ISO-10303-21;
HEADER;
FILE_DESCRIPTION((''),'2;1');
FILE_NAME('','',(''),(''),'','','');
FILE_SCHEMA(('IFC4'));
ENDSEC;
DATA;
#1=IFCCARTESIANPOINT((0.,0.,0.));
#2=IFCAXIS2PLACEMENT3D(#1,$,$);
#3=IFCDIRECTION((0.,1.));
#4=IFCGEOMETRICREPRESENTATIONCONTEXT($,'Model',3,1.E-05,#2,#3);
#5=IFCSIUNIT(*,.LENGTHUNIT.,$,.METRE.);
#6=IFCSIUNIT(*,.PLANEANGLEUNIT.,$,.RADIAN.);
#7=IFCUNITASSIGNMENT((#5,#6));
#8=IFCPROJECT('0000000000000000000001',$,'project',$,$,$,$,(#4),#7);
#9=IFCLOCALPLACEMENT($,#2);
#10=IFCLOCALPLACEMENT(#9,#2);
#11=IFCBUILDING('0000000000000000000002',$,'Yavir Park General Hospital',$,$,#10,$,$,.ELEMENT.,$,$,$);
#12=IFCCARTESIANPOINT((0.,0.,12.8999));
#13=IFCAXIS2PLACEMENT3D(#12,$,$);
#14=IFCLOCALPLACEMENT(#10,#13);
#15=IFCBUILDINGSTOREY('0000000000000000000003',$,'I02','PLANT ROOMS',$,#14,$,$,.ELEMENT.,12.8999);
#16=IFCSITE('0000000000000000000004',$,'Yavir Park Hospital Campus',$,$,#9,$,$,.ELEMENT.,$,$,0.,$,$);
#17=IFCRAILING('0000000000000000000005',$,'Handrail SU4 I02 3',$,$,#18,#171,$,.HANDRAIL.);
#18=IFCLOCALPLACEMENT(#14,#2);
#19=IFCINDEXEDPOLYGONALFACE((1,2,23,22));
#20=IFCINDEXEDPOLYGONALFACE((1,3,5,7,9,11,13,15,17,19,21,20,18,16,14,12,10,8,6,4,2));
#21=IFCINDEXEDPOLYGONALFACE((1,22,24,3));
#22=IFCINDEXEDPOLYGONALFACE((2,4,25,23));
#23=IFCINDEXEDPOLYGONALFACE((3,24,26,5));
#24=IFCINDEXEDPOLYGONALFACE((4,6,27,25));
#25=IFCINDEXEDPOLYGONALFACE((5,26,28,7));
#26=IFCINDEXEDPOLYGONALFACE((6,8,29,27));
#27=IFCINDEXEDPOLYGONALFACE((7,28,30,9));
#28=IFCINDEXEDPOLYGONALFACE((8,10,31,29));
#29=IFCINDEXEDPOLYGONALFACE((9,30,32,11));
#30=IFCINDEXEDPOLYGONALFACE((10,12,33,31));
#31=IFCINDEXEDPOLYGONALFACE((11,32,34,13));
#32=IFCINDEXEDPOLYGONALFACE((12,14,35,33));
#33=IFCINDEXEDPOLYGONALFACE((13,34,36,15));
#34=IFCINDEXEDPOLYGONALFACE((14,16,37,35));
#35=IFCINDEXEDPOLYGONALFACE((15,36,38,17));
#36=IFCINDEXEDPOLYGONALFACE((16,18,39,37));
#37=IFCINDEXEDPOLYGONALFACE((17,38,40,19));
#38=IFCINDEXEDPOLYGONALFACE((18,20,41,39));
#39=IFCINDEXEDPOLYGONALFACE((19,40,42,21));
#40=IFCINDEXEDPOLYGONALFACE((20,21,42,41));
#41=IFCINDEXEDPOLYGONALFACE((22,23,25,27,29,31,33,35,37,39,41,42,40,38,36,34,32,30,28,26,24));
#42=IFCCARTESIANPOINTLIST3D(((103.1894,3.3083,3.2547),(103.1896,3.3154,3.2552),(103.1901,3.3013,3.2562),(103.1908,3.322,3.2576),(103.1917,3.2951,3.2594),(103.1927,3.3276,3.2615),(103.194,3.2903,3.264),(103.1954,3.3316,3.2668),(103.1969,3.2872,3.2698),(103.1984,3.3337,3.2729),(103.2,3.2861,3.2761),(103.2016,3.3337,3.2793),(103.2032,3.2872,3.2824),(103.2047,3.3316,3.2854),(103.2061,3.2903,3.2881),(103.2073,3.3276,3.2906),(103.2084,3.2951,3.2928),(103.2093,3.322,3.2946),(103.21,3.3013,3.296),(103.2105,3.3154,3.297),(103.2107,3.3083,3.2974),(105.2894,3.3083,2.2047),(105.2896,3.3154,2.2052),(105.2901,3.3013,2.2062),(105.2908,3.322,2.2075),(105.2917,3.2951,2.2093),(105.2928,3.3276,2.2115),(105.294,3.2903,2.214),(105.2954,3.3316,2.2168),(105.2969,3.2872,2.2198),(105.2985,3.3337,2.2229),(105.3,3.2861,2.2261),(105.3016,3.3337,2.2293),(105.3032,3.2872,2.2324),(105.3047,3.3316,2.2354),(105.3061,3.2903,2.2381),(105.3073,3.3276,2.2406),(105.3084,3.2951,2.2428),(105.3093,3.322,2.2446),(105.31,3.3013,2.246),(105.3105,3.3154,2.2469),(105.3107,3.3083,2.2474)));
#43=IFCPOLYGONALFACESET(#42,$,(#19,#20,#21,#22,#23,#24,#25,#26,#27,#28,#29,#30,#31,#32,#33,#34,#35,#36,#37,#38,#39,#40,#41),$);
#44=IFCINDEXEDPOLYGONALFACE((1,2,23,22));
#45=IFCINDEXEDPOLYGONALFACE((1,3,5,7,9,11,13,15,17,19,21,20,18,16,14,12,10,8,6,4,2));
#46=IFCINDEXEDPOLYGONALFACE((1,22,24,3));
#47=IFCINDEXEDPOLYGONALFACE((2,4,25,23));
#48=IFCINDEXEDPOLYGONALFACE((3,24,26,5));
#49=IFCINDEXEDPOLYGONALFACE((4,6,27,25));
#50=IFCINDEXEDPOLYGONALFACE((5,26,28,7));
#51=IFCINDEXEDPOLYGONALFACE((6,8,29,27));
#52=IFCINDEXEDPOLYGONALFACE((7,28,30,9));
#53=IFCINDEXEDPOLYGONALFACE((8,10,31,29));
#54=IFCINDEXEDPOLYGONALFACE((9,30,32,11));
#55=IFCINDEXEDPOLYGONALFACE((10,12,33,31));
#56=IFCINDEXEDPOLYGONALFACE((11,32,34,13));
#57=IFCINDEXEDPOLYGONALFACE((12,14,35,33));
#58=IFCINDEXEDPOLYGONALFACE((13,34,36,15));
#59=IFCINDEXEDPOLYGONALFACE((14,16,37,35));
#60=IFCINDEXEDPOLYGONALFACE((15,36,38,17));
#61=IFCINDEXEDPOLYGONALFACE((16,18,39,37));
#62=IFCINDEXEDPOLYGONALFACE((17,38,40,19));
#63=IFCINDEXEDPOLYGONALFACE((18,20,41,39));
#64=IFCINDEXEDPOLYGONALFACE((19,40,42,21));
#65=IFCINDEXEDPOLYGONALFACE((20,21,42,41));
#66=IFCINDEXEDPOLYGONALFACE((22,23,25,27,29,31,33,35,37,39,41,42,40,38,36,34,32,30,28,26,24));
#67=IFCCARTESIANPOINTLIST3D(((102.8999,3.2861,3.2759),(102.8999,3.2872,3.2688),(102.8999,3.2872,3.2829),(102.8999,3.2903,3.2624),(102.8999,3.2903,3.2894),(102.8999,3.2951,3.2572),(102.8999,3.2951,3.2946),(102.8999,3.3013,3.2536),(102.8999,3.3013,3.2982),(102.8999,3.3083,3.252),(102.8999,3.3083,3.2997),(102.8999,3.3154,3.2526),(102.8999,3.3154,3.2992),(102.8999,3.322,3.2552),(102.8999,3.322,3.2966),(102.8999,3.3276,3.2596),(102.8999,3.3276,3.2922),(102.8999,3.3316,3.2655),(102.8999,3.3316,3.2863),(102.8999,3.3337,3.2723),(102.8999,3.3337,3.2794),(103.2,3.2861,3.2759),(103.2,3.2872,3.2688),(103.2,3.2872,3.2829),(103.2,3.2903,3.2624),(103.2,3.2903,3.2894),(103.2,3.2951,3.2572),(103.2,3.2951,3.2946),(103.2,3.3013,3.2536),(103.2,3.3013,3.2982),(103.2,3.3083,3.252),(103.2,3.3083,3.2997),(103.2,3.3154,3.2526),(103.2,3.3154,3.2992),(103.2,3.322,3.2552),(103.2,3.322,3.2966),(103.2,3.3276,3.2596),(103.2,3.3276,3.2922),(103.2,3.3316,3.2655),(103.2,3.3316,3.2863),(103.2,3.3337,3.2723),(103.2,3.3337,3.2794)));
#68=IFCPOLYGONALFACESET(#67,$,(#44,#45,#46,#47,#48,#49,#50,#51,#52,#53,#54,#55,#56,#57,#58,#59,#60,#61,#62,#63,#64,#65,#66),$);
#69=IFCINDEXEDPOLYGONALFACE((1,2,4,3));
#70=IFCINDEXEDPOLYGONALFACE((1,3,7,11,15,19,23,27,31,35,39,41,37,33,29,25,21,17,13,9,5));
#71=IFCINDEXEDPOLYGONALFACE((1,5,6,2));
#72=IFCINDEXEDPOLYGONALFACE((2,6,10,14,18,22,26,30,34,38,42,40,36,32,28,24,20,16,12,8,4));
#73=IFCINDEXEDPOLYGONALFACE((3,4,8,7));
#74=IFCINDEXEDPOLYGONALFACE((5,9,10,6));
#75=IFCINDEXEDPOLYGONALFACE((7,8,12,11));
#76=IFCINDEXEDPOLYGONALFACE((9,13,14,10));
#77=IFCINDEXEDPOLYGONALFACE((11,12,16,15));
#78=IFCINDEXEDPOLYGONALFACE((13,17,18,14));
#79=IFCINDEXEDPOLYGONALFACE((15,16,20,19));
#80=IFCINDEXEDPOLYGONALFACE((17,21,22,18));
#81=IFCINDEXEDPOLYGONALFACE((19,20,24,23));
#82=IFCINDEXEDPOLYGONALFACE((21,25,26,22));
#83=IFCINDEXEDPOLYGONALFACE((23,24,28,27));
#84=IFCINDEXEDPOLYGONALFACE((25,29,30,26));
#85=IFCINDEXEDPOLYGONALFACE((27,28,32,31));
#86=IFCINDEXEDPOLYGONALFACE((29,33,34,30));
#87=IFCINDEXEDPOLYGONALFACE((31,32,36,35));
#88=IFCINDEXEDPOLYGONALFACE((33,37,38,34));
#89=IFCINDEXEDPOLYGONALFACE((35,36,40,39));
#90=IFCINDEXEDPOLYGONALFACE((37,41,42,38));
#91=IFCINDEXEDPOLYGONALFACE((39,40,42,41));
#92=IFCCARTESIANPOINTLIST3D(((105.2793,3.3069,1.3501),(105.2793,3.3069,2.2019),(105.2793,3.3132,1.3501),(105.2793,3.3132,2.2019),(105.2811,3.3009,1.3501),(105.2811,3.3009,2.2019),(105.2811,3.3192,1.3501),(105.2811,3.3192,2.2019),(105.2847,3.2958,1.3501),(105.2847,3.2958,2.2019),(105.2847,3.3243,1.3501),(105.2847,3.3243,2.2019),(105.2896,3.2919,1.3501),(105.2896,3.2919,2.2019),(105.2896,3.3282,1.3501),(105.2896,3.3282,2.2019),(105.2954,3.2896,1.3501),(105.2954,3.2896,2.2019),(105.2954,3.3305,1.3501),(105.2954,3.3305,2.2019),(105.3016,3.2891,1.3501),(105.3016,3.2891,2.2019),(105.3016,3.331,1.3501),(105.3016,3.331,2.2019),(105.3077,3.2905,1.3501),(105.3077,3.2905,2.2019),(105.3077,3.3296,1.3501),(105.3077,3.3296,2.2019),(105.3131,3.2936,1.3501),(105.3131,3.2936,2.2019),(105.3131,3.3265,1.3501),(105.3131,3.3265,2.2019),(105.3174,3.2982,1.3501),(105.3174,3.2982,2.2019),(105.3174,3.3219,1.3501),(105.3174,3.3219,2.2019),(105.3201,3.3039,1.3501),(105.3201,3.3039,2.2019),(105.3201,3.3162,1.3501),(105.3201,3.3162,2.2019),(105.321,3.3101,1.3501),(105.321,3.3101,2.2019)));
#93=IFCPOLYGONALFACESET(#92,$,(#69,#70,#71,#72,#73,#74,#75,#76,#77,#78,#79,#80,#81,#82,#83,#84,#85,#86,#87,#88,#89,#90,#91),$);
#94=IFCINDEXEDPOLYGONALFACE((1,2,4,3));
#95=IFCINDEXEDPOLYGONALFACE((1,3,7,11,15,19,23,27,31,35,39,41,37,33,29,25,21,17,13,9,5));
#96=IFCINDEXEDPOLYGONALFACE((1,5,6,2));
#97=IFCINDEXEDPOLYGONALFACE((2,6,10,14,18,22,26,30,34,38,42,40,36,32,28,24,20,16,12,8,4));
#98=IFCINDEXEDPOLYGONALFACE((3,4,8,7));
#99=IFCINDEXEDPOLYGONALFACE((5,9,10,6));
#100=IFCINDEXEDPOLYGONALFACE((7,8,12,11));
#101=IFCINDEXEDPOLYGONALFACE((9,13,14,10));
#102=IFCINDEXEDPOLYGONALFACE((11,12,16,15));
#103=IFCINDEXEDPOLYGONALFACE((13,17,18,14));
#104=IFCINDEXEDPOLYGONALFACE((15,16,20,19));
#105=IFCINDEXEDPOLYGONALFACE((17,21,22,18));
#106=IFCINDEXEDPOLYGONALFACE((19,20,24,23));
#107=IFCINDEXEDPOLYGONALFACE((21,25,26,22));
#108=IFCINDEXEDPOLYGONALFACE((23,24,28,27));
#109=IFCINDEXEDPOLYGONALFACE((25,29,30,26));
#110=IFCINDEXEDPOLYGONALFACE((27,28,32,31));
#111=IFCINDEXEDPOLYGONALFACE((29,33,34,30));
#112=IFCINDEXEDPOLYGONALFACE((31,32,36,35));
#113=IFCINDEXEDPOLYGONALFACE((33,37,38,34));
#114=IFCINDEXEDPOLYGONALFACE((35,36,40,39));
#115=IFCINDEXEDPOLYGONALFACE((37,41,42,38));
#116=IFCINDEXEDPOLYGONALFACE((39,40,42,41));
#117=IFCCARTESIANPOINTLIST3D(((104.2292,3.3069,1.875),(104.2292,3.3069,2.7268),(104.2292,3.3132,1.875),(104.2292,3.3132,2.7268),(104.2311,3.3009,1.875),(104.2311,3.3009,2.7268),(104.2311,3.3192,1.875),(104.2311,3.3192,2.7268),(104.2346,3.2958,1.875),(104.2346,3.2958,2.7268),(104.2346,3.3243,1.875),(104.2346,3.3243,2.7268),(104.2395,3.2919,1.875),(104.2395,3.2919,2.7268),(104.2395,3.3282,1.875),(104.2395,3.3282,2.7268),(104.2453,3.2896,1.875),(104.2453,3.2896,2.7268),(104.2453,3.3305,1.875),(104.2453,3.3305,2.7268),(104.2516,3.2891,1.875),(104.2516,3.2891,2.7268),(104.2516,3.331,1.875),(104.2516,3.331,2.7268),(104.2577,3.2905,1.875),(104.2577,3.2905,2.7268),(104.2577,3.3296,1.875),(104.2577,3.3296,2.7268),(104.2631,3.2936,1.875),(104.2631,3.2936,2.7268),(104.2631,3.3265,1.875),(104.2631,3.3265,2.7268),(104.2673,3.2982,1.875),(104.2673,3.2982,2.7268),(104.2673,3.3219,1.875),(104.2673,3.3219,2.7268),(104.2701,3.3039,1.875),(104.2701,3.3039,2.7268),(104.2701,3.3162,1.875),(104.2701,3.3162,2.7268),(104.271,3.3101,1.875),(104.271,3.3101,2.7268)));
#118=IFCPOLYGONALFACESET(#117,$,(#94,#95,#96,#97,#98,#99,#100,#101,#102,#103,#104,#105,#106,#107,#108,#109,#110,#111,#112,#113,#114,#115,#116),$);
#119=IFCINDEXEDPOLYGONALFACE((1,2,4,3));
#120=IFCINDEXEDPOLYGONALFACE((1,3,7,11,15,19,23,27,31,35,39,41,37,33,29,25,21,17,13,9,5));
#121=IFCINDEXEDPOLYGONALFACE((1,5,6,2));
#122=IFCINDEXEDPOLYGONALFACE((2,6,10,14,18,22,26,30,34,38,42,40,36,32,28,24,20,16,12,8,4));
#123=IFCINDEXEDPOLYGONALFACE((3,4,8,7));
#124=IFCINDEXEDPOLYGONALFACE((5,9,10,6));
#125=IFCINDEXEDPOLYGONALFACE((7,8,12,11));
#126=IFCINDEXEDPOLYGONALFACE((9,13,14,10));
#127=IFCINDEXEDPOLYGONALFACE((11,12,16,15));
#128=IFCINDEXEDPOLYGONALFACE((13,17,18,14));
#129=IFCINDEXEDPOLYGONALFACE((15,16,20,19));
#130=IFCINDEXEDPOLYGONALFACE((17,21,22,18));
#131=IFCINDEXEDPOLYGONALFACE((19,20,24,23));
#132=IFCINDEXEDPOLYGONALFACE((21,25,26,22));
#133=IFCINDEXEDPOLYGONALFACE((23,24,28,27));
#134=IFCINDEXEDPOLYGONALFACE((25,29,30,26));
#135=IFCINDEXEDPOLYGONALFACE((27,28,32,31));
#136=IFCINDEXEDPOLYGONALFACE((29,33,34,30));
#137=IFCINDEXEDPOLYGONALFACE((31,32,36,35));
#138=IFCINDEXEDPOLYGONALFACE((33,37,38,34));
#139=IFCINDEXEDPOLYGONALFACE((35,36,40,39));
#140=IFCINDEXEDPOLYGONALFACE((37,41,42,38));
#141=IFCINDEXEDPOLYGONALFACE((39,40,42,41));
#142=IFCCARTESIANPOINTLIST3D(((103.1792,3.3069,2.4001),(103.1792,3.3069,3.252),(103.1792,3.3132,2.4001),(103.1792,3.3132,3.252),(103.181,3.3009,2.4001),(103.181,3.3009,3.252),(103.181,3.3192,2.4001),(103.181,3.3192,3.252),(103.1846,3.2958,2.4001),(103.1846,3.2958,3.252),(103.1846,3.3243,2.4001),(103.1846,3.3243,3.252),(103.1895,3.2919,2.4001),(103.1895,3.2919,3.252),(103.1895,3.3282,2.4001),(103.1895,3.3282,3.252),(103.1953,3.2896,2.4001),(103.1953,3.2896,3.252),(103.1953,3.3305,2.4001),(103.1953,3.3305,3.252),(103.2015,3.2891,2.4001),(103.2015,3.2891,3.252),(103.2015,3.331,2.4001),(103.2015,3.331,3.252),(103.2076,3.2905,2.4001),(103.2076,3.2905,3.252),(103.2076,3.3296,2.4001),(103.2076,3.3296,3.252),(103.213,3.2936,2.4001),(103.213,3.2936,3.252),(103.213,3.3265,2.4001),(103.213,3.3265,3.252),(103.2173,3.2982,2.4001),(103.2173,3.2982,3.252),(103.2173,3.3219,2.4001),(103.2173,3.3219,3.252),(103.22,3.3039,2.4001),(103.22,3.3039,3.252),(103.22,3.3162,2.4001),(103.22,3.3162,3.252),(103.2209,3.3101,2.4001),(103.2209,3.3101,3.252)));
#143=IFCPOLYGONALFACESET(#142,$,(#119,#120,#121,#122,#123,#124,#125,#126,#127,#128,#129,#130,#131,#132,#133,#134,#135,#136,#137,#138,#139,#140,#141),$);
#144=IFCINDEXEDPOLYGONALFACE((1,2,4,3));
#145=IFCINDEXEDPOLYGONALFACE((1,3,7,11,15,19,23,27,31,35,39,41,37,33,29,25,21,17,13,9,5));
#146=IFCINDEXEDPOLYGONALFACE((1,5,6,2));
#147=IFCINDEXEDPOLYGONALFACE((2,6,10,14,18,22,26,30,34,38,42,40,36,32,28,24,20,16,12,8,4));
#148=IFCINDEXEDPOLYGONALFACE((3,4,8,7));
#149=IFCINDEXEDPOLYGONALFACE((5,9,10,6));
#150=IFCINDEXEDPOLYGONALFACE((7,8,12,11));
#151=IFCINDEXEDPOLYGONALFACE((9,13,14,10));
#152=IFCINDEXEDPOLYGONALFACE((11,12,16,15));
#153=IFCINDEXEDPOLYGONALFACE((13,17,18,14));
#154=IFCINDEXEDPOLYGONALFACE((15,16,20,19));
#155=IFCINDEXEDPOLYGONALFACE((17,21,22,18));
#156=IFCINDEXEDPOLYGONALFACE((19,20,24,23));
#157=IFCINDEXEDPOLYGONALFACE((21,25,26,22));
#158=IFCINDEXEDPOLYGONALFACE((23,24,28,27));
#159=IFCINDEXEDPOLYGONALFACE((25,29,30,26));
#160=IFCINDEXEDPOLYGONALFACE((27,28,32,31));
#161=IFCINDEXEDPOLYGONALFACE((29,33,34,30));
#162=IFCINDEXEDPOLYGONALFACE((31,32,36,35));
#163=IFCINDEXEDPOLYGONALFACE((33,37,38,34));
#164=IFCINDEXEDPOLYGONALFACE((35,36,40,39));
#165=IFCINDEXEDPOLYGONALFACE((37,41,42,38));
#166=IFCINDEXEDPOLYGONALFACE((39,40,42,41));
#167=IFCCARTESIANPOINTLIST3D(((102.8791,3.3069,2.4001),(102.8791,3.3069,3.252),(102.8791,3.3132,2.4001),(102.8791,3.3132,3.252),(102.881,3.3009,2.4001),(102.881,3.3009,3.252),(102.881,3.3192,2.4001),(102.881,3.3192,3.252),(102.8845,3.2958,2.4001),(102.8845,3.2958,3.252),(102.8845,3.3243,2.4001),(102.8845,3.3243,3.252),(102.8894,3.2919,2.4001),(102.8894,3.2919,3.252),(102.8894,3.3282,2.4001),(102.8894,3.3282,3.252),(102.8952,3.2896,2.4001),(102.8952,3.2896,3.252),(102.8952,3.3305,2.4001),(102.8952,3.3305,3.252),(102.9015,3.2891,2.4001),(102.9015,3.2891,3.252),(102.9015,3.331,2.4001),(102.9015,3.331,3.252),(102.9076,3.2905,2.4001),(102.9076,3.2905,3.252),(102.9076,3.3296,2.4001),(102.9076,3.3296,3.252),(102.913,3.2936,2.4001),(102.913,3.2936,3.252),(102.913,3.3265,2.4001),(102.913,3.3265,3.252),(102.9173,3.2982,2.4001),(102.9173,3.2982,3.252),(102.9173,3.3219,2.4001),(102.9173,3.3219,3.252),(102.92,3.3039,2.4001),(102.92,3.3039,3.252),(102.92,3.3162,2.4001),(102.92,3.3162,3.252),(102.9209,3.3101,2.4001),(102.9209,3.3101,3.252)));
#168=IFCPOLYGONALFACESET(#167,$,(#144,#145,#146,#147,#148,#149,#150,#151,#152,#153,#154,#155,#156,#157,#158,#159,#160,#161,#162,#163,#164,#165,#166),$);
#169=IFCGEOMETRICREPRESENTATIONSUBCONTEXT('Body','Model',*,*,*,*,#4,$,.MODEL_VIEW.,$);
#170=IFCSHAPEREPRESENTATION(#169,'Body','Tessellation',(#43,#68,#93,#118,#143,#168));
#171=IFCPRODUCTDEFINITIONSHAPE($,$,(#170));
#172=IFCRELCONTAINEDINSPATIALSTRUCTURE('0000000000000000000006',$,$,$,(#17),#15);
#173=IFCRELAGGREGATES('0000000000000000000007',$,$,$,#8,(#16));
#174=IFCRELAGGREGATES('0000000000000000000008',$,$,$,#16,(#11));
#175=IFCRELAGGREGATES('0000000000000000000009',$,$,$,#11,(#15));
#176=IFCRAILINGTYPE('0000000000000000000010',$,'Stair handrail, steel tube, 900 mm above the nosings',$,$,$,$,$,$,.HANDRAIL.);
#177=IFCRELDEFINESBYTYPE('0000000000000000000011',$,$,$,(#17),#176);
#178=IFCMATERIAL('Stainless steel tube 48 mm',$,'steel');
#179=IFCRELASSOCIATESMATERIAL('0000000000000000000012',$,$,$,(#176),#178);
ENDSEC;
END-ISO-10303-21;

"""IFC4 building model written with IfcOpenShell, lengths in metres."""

from ifc_helpers import new_model, si_unit, direction, frame, origin, origin_2d, place, context, subcontext, project, spatial, circle, extrude, material, type_object, element, save


model = new_model("IFC4")

# Units and contexts
model_context = context("Model", 3, precision=1e-05, world=origin(), true_north=direction((0.0, 1.0)))
body_context = subcontext(model_context, "Body", "Model", "MODEL_VIEW")
ifc_project = project(units=[si_unit("LENGTHUNIT", "METRE"), si_unit("PLANEANGLEUNIT", "RADIAN")], contexts=[model_context])

# Site, building, storey
site_placement = place(None, origin())
site = spatial("IfcSite", under=ifc_project, at=site_placement, Name="Yavir Park Hospital Campus", CompositionType="ELEMENT", RefElevation=0.0)
building_placement = place(site_placement, origin())
building = spatial("IfcBuilding", under=site, at=building_placement, Name="Yavir Park General Hospital", CompositionType="ELEMENT")
storey_placement = place(building_placement, frame((0.0, 0.0, 12.8999)))
storey = spatial("IfcBuildingStorey", under=building, at=storey_placement, Name="I02", Description="PLANT ROOMS", CompositionType="ELEMENT", Elevation=12.8999)

# Railing
ifc_material_1 = material(Name="Stainless steel tube 48 mm", Category="steel")
railing_type_1 = type_object("IfcRailingType", Name="Stair handrail, steel tube, 900 mm above the nosings", PredefinedType="HANDRAIL", material=ifc_material_1)
for number, where, name in (
    (1, (105.3, 3.3101, 1.3501), "Handrail SU4 I02 3"),
):
    element("IfcRailing", number, at=place(storey_placement, frame(where)), inside=storey, type_object=railing_type_1, Name=name, PredefinedType="HANDRAIL", context=body_context, shape_type="SweptSolid", body=[
        extrude(circle(Radius=0.0239, at=origin_2d()), frame((0.0, 0.0, 0.876), z_axis=(-0.894427, 0.0, 0.447214), x_axis=(0.0, -1.0, 0.0)), (0.0, 0.0, 1.0), 2.3479),
        extrude(circle(Radius=0.0239, at=origin_2d()), frame((-2.1001, 0.0, 1.9258), z_axis=(-1.0, 0.0, 0.0), x_axis=(0.0, -1.0, 0.0)), (0.0, 0.0, 1.0), 0.3),
        extrude(circle(Radius=0.021, at=origin_2d()), origin(), (0.0, 0.0, 1.0), 0.8518),
        extrude(circle(Radius=0.021, at=origin_2d()), frame((-1.05, 0.0, 0.5249)), (0.0, 0.0, 1.0), 0.8518),
        extrude(circle(Radius=0.021, at=origin_2d()), frame((-2.1001, 0.0, 1.05)), (0.0, 0.0, 1.0), 0.8518),
        extrude(circle(Radius=0.021, at=origin_2d()), frame((-2.4001, 0.0, 1.05)), (0.0, 0.0, 1.0), 0.8518),
    ])

save(model, "model.ifc")
